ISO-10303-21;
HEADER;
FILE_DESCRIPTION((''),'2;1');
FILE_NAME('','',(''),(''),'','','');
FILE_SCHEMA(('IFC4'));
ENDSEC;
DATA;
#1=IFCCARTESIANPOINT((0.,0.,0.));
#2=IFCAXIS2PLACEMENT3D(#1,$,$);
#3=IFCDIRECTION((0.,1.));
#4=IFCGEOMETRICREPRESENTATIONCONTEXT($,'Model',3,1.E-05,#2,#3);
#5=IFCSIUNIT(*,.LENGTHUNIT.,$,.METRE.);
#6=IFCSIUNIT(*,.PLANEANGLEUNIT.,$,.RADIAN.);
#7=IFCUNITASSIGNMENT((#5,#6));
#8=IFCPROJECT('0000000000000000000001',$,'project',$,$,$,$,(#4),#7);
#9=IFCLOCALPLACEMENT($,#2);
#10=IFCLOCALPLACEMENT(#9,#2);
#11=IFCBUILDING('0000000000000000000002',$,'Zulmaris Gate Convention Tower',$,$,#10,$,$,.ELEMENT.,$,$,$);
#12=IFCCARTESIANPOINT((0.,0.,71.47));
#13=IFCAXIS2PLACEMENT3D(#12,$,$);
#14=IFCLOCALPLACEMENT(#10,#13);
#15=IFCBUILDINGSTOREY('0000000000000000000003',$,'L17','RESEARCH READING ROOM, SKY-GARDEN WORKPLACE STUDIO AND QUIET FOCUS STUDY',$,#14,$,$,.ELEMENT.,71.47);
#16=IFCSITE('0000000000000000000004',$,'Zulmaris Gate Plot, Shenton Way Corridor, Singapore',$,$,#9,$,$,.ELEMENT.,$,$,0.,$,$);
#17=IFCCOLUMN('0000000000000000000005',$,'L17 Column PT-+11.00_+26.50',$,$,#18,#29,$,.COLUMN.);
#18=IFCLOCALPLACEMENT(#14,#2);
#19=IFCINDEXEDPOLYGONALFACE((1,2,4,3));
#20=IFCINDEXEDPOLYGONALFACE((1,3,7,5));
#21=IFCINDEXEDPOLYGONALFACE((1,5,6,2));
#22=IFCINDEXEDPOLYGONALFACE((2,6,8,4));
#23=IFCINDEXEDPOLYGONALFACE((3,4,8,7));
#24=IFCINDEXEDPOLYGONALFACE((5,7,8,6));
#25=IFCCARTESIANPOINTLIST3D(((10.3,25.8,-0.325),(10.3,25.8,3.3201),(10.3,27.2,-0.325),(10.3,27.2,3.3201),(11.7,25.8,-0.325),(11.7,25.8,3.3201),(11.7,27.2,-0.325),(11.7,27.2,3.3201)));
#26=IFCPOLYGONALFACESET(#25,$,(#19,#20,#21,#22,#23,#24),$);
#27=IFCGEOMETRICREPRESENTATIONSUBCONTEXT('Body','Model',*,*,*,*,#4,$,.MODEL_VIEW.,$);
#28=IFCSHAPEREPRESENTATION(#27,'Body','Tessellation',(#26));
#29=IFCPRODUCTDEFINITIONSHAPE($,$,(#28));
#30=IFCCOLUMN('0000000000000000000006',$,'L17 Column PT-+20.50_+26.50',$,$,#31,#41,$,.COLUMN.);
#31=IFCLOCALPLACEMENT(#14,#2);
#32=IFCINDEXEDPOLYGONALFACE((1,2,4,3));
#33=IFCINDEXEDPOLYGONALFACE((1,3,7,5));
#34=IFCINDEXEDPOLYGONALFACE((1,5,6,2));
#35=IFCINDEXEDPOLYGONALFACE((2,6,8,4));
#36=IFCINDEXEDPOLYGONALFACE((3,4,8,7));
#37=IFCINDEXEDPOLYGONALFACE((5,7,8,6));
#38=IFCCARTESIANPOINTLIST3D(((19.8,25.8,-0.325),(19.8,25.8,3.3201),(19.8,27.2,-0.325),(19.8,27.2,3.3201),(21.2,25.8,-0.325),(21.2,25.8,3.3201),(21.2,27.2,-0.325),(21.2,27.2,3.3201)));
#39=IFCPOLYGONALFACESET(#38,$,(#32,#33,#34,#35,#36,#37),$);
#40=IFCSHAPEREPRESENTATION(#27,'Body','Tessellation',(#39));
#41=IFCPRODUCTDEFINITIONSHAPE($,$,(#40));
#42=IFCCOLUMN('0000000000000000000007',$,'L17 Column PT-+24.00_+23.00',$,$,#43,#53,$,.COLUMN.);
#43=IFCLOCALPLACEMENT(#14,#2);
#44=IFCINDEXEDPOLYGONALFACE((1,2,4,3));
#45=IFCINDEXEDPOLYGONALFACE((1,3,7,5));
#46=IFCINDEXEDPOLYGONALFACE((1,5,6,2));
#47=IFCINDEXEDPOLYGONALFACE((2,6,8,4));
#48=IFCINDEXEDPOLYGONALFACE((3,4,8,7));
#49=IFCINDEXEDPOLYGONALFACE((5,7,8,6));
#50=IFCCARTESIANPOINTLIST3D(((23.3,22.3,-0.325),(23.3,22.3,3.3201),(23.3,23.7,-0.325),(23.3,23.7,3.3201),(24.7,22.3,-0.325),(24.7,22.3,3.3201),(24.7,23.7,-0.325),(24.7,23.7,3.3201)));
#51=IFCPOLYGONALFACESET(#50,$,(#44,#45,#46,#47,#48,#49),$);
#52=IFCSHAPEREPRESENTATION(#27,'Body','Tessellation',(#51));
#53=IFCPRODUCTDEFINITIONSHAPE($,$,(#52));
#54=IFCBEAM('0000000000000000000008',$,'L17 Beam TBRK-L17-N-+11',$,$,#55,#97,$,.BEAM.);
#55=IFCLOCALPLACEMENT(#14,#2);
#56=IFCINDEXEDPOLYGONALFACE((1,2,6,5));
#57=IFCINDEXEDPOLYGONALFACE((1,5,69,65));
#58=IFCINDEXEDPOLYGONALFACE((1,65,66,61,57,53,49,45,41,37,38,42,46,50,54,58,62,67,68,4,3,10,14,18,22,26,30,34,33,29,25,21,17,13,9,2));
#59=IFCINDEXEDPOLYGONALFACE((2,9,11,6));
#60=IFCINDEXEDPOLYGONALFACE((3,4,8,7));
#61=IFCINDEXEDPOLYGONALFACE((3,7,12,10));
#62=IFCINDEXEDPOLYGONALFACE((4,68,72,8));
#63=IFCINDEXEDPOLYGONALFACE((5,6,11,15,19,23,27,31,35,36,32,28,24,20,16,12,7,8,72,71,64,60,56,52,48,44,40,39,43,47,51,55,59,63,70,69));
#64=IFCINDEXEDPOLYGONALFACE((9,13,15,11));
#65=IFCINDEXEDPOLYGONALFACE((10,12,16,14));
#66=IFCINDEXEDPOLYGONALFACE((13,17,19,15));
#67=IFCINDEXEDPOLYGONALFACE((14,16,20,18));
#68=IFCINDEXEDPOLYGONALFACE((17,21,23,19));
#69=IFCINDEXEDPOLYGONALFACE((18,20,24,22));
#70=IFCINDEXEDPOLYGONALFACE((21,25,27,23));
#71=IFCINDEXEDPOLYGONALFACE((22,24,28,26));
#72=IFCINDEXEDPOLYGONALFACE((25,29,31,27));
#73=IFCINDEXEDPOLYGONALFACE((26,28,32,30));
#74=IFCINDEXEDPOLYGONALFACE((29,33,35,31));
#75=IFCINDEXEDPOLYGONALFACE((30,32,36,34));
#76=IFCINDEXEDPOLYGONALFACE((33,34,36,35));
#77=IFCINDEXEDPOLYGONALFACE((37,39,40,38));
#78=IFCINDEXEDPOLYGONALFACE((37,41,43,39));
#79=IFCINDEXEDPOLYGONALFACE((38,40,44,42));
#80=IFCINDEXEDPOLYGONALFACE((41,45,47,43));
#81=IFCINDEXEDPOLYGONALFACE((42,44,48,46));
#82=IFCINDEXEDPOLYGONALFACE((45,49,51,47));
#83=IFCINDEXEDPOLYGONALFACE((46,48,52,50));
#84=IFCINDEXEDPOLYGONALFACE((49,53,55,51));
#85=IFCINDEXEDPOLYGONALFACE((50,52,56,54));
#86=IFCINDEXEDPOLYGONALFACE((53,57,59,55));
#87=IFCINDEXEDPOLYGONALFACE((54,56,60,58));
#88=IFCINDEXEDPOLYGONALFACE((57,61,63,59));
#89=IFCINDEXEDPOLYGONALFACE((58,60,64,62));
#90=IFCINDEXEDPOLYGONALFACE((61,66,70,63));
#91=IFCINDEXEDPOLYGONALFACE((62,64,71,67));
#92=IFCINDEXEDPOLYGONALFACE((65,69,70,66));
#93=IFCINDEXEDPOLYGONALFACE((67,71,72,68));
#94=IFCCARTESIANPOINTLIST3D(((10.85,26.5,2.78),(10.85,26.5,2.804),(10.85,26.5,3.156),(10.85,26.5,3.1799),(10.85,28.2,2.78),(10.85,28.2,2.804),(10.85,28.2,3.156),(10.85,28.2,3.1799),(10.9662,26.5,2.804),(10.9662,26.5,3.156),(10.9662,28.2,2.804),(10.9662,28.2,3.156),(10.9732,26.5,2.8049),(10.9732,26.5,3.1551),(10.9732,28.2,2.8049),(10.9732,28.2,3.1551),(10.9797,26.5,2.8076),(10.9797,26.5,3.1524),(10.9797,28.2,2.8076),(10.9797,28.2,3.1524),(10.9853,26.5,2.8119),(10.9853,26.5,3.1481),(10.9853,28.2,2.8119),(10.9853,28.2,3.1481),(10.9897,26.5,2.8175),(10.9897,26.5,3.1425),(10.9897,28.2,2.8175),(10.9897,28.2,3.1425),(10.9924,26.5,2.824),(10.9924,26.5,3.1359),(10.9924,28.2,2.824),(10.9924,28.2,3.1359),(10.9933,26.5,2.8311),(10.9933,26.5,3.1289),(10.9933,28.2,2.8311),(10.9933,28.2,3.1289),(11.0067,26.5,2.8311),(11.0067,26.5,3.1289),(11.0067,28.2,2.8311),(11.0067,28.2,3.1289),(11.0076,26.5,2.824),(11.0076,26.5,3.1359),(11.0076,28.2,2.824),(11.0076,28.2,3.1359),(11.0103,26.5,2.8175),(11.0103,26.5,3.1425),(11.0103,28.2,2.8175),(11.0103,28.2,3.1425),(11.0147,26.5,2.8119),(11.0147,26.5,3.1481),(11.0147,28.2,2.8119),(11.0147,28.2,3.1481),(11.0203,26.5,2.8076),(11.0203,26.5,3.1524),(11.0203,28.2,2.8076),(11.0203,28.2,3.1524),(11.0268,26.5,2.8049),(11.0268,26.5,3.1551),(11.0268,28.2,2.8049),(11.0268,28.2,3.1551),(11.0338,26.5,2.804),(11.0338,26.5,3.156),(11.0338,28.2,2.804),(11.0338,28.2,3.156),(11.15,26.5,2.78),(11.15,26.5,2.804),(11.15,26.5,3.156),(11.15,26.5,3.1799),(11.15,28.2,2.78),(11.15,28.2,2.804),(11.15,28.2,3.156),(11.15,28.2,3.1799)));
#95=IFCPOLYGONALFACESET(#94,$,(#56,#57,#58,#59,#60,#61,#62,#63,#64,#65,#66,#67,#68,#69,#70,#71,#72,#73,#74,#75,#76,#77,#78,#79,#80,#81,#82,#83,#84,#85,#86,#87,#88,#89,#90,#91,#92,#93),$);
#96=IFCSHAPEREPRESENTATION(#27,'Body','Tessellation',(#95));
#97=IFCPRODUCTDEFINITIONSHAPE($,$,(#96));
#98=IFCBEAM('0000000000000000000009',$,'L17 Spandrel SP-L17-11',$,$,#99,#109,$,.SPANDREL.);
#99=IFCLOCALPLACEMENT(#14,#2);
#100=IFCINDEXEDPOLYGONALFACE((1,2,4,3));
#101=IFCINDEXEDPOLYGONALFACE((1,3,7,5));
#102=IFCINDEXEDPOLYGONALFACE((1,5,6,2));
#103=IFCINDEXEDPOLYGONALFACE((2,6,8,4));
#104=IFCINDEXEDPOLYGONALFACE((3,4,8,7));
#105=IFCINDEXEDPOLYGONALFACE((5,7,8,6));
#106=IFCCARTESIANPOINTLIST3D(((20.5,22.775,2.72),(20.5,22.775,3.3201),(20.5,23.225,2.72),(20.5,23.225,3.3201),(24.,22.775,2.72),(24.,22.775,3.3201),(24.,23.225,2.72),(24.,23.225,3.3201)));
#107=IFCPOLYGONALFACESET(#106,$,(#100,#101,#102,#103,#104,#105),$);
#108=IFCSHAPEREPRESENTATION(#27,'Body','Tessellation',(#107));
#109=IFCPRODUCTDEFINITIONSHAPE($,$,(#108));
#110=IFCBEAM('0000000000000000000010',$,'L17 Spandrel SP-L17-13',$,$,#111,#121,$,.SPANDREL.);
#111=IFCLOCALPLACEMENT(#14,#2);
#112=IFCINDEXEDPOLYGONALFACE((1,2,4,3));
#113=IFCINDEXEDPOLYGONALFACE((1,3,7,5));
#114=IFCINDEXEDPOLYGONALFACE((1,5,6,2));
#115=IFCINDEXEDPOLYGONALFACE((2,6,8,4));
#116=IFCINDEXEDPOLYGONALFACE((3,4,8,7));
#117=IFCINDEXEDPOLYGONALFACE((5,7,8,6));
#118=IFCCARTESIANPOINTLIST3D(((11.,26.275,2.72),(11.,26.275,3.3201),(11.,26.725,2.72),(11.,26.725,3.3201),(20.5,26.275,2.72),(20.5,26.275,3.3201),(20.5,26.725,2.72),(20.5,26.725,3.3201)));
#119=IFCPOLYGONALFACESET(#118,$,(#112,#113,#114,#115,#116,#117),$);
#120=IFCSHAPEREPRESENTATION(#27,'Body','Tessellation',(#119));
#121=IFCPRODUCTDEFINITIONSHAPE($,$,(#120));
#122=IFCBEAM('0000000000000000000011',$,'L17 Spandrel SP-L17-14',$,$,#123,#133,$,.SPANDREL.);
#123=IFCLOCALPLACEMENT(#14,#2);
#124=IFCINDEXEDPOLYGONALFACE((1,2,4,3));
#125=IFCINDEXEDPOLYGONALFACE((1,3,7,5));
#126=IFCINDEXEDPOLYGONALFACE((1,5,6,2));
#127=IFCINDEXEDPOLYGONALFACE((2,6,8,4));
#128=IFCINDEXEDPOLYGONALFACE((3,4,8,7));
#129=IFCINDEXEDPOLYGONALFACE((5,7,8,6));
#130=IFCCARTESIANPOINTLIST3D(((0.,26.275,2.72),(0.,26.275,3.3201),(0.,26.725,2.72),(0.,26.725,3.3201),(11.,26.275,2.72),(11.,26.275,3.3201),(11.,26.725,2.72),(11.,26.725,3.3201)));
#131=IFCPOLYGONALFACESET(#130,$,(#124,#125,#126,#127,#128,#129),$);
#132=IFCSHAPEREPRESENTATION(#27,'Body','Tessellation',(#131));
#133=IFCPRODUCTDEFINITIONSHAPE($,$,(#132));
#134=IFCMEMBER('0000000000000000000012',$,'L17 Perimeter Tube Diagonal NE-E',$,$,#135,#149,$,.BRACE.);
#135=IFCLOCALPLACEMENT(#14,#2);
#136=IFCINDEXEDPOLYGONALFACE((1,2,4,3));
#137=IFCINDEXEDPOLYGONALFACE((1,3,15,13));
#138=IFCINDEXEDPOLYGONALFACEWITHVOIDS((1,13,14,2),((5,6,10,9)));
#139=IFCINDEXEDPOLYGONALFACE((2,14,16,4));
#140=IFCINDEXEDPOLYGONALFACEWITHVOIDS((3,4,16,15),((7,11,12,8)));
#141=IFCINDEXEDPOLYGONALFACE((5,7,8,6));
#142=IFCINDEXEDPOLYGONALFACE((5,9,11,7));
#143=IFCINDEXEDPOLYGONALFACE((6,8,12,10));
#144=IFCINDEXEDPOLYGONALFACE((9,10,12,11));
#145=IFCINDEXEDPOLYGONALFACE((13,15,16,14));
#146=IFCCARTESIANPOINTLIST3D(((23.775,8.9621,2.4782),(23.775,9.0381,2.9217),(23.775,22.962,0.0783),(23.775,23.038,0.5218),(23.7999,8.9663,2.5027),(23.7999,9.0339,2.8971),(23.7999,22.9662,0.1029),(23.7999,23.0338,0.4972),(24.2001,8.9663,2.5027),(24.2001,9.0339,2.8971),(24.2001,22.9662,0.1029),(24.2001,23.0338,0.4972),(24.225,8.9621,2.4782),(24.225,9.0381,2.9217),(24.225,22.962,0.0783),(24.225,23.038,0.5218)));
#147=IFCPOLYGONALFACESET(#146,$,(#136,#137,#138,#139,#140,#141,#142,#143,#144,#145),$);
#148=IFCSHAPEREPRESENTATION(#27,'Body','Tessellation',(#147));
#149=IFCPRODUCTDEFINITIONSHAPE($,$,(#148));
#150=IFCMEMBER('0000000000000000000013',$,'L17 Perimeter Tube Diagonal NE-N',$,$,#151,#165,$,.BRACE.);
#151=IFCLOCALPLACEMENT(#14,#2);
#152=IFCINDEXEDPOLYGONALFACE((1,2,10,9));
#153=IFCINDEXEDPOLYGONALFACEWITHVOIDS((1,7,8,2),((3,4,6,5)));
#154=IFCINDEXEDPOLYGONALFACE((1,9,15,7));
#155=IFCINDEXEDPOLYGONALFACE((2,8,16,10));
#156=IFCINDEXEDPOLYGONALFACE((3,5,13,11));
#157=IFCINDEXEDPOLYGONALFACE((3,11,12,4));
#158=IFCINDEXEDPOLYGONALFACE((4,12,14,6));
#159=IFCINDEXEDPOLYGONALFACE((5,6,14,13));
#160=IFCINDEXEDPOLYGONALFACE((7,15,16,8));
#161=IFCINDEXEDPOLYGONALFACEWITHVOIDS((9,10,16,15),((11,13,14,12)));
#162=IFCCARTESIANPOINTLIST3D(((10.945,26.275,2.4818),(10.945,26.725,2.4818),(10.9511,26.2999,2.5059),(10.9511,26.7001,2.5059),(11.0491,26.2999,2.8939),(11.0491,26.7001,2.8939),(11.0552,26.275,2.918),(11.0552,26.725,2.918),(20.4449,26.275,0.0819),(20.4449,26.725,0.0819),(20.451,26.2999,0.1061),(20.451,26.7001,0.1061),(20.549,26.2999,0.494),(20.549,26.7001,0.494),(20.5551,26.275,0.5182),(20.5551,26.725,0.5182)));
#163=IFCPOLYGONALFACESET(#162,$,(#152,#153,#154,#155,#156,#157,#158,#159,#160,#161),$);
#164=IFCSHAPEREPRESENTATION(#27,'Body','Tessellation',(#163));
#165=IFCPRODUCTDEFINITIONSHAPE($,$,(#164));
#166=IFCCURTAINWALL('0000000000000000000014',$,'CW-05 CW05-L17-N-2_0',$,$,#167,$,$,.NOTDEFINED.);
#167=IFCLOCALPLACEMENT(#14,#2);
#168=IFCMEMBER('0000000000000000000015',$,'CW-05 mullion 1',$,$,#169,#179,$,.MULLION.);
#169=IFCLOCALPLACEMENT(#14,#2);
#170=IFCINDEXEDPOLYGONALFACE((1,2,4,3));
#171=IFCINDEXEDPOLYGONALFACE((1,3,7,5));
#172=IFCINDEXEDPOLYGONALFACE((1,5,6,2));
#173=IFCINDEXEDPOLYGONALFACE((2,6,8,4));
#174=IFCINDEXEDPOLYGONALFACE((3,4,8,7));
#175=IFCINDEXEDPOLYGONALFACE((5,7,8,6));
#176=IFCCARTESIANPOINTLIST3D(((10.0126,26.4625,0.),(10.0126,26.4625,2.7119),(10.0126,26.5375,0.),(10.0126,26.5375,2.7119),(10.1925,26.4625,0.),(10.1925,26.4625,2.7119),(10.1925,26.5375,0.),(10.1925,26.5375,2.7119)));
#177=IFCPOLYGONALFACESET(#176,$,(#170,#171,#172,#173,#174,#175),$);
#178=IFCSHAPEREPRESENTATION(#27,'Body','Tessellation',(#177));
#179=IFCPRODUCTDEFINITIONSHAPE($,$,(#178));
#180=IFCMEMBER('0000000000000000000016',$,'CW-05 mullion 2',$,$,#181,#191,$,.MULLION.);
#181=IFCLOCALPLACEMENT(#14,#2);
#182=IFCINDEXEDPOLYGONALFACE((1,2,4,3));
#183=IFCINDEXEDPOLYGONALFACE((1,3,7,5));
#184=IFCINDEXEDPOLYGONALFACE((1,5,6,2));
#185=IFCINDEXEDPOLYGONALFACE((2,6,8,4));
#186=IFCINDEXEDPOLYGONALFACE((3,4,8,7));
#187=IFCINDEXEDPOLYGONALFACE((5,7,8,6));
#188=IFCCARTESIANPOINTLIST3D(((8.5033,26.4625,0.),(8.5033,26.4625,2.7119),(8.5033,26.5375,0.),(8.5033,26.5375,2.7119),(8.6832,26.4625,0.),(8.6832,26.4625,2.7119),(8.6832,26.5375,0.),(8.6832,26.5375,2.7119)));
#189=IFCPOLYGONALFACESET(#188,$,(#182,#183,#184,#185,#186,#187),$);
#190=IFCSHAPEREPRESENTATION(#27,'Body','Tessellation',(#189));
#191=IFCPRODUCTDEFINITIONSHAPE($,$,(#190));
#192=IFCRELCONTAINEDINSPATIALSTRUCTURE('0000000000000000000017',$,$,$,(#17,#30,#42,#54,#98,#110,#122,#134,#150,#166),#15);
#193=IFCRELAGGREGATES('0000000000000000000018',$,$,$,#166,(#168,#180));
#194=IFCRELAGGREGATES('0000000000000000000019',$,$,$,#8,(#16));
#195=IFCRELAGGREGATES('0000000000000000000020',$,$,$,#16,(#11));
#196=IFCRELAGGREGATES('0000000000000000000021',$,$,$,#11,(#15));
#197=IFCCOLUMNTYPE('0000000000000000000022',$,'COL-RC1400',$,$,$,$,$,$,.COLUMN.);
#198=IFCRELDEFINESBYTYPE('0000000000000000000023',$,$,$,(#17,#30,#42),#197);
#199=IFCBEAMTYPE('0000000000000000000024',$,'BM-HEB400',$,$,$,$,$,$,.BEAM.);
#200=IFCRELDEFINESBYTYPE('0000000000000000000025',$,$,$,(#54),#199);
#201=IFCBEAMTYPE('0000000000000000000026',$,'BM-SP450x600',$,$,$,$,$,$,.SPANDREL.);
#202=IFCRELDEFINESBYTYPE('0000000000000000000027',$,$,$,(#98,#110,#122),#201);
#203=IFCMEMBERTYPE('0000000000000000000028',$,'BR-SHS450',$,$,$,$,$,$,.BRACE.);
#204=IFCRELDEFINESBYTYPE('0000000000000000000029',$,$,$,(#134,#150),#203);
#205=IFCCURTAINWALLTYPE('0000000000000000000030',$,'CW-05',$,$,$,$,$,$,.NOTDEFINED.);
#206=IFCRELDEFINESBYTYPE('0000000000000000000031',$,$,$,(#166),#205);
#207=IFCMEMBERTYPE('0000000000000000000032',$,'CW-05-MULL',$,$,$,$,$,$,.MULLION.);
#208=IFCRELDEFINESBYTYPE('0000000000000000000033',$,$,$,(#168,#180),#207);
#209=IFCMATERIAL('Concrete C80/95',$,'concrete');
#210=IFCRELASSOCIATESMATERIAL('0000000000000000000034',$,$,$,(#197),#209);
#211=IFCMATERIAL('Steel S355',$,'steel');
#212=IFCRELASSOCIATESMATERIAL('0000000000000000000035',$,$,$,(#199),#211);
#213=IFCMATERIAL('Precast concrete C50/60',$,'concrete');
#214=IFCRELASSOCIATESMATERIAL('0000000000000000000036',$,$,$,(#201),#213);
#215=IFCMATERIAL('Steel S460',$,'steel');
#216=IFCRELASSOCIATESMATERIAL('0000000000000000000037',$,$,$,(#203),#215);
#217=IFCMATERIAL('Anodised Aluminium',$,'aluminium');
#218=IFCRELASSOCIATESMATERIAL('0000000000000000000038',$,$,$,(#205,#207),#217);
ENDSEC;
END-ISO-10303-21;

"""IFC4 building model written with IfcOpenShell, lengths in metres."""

from ifc_helpers import new_model, si_unit, direction, frame, origin, origin_2d, place, context, subcontext, project, spatial, rectangle, hollow_rectangle, i_section, extrude, material, material_profile, profile_set, type_object, element, aggregate, save


model = new_model("IFC4")

# Units and contexts
model_context = context("Model", 3, precision=1e-05, world=origin(), true_north=direction((0.0, 1.0)))
body_context = subcontext(model_context, "Body", "Model", "MODEL_VIEW")
ifc_project = project(units=[si_unit("LENGTHUNIT", "METRE"), si_unit("PLANEANGLEUNIT", "RADIAN")], contexts=[model_context])

# Site, building, storey
site_placement = place(None, origin())
site = spatial("IfcSite", under=ifc_project, at=site_placement, Name="Zulmaris Gate Plot, Shenton Way Corridor, Singapore", CompositionType="ELEMENT", RefElevation=0.0)
building_placement = place(site_placement, origin())
building = spatial("IfcBuilding", under=site, at=building_placement, Name="Zulmaris Gate Convention Tower", CompositionType="ELEMENT")
storey_placement = place(building_placement, frame((0.0, 0.0, 71.47)))
storey = spatial("IfcBuildingStorey", under=building, at=storey_placement, Name="L17", Description="RESEARCH READING ROOM, SKY-GARDEN WORKPLACE STUDIO AND QUIET FOCUS STUDY", CompositionType="ELEMENT", Elevation=71.47)

# Columns
ifc_material_1 = material(Name="Concrete C80/95", Category="concrete")
ifc_material_profile_1 = material_profile(ifc_material_1, rectangle(XDim=1.3999, YDim=1.3999, at=origin_2d()), Name="RC COL 1400x1400")
ifc_profile_set_1 = profile_set([ifc_material_profile_1], Name="Concrete C80/95")
column_type = type_object("IfcColumnType", Name="COL-RC1400", PredefinedType="COLUMN", material=ifc_profile_set_1)
for number, where, z_axis, x_axis, name in (
    (1, (11.0, 26.5, -0.325), (0.0, 0.0, 1.0), (1.0, 0.0, 0.0), "L17 Column PT-+11.00_+26.50"),
    (2, (20.5, 26.5, -0.325), (0.0, 0.0, 1.0), (1.0, 0.0, 0.0), "L17 Column PT-+20.50_+26.50"),
    (3, (24.0, 23.0, -0.325), (0.0, 0.0, 1.0), (1.0, 0.0, 0.0), "L17 Column PT-+24.00_+23.00"),
):
    element("IfcColumn", number, at=place(storey_placement, frame(where, z_axis=z_axis, x_axis=x_axis)), inside=storey, type_object=column_type, Name=name, PredefinedType="COLUMN", context=body_context, shape_type="SweptSolid", body=[
        extrude(rectangle(XDim=1.3999, YDim=1.3999, at=origin_2d()), origin(), (0.0, 0.0, 1.0), 3.645),
    ])

# Beams
ifc_material_2 = material(Name="Steel S355", Category="steel")
ifc_material_profile_2 = material_profile(ifc_material_2, i_section(OverallWidth=0.3, OverallDepth=0.3999, WebThickness=0.0134, FlangeThickness=0.0239, FilletRadius=0.0271, at=origin_2d()), Name="HEB 400")
ifc_profile_set_2 = profile_set([ifc_material_profile_2], Name="Steel S355")
beam_type_1 = type_object("IfcBeamType", Name="BM-HEB400", PredefinedType="BEAM", material=ifc_profile_set_2)
beam_1_placement = place(storey_placement, frame((11.0, 26.5, 2.98), z_axis=(0.0, 1.0, 0.0), x_axis=(-1.0, 0.0, 0.0)))
element("IfcBeam", 4, at=beam_1_placement, inside=storey, type_object=beam_type_1, Name="L17 Beam TBRK-L17-N-+11", PredefinedType="BEAM", context=body_context, shape_type="SweptSolid", body=[
    extrude(i_section(OverallWidth=0.3, OverallDepth=0.3999, WebThickness=0.0134, FlangeThickness=0.0239, FilletRadius=0.0271, at=origin_2d()), origin(), (0.0, 0.0, 1.0), 1.7),
])
ifc_material_3 = material(Name="Precast concrete C50/60", Category="concrete")
ifc_material_profile_3 = material_profile(ifc_material_3, rectangle(XDim=0.45, YDim=0.6001, at=origin_2d()), Name="RC SPANDREL 450x600")
ifc_profile_set_3 = profile_set([ifc_material_profile_3], Name="Precast concrete C50/60")
beam_type_2 = type_object("IfcBeamType", Name="BM-SP450x600", PredefinedType="SPANDREL", material=ifc_profile_set_3)
beam_2_placement = place(storey_placement, frame((24.0, 23.0, 3.02), z_axis=(-1.0, 0.0, 0.0), x_axis=(0.0, -1.0, 0.0)))
element("IfcBeam", 5, at=beam_2_placement, inside=storey, type_object=beam_type_2, Name="L17 Spandrel SP-L17-11", PredefinedType="SPANDREL", context=body_context, shape_type="SweptSolid", body=[
    extrude(rectangle(XDim=0.45, YDim=0.6001, at=origin_2d()), origin(), (0.0, 0.0, 1.0), 3.5),
])
beam_3_placement = place(storey_placement, frame((20.5, 26.5, 3.02), z_axis=(-1.0, 0.0, 0.0), x_axis=(0.0, -1.0, 0.0)))
element("IfcBeam", 6, at=beam_3_placement, inside=storey, type_object=beam_type_2, Name="L17 Spandrel SP-L17-13", PredefinedType="SPANDREL", context=body_context, shape_type="SweptSolid", body=[
    extrude(rectangle(XDim=0.45, YDim=0.6001, at=origin_2d()), origin(), (0.0, 0.0, 1.0), 9.5),
])
beam_4_placement = place(storey_placement, frame((11.0, 26.5, 3.02), z_axis=(-1.0, 0.0, 0.0), x_axis=(0.0, -1.0, 0.0)))
element("IfcBeam", 7, at=beam_4_placement, inside=storey, type_object=beam_type_2, Name="L17 Spandrel SP-L17-14", PredefinedType="SPANDREL", context=body_context, shape_type="SweptSolid", body=[
    extrude(rectangle(XDim=0.45, YDim=0.6001, at=origin_2d()), origin(), (0.0, 0.0, 1.0), 11.0),
])

# Members
ifc_material_4 = material(Name="Steel S460", Category="steel")
ifc_material_profile_4 = material_profile(ifc_material_4, hollow_rectangle(XDim=0.45, YDim=0.45, WallThickness=0.0249, at=origin_2d()), Name="SHS 450x450x25")
ifc_profile_set_4 = profile_set([ifc_material_profile_4], Name="Steel S460")
member_type_1 = type_object("IfcMemberType", Name="BR-SHS450", PredefinedType="BRACE", material=ifc_profile_set_4)
member_1_placement = place(storey_placement, frame((24.0, 23.0, 0.3), z_axis=(0.0, -0.985623, 0.168957), x_axis=(1.0, 0.0, 0.0)))
element("IfcMember", 8, at=member_1_placement, inside=storey, type_object=member_type_1, Name="L17 Perimeter Tube Diagonal NE-E", PredefinedType="BRACE", context=body_context, shape_type="SweptSolid", body=[
    extrude(hollow_rectangle(XDim=0.45, YDim=0.45, WallThickness=0.0249, at=origin_2d()), origin(), (0.0, 0.0, 1.0), 14.2041),
])
member_2_placement = place(storey_placement, frame((20.5, 26.5, 0.3), z_axis=(-0.969542, 0.0, 0.244927), x_axis=(0.0, -1.0, 0.0)))
element("IfcMember", 9, at=member_2_placement, inside=storey, type_object=member_type_1, Name="L17 Perimeter Tube Diagonal NE-N", PredefinedType="BRACE", context=body_context, shape_type="SweptSolid", body=[
    extrude(hollow_rectangle(XDim=0.45, YDim=0.45, WallThickness=0.0249, at=origin_2d()), origin(), (0.0, 0.0, 1.0), 9.7983),
])

# Curtain wall, members
ifc_material_5 = material(Name="Anodised Aluminium", Category="aluminium")
curtain_wall_type = type_object("IfcCurtainWallType", Name="CW-05", PredefinedType="NOTDEFINED", material=ifc_material_5)
curtain_wall_placement = place(storey_placement, origin())
curtain_wall = element("IfcCurtainWall", 10, at=curtain_wall_placement, inside=storey, type_object=curtain_wall_type, Name="CW-05 CW05-L17-N-2_0", PredefinedType="NOTDEFINED")
ifc_material_profile_5 = material_profile(ifc_material_5, rectangle(XDim=0.075, YDim=0.1799, at=origin_2d()), Name="ALU MULLION 75x180")
ifc_profile_set_5 = profile_set([ifc_material_profile_5], Name="Anodised Aluminium")
member_type_2 = type_object("IfcMemberType", Name="CW-05-MULL", PredefinedType="MULLION", material=ifc_profile_set_5)
member_3_placement = place(storey_placement, frame((10.1025, 26.5, 0.0), z_axis=(0.0, 0.0, 1.0), x_axis=(0.0, -1.0, 0.0)))
member_3 = element("IfcMember", 11, at=member_3_placement, type_object=member_type_2, Name="CW-05 mullion 1", PredefinedType="MULLION", context=body_context, shape_type="SweptSolid", body=[
    extrude(rectangle(XDim=0.075, YDim=0.1799, at=origin_2d()), origin(), (0.0, 0.0, 1.0), 2.7119),
])
member_4_placement = place(storey_placement, frame((8.5933, 26.5, 0.0), z_axis=(0.0, 0.0, 1.0), x_axis=(0.0, -1.0, 0.0)))
member_4 = element("IfcMember", 12, at=member_4_placement, type_object=member_type_2, Name="CW-05 mullion 2", PredefinedType="MULLION", context=body_context, shape_type="SweptSolid", body=[
    extrude(rectangle(XDim=0.075, YDim=0.1799, at=origin_2d()), origin(), (0.0, 0.0, 1.0), 2.7119),
])
aggregate(curtain_wall, [member_3, member_4])

save(model, "model.ifc")
